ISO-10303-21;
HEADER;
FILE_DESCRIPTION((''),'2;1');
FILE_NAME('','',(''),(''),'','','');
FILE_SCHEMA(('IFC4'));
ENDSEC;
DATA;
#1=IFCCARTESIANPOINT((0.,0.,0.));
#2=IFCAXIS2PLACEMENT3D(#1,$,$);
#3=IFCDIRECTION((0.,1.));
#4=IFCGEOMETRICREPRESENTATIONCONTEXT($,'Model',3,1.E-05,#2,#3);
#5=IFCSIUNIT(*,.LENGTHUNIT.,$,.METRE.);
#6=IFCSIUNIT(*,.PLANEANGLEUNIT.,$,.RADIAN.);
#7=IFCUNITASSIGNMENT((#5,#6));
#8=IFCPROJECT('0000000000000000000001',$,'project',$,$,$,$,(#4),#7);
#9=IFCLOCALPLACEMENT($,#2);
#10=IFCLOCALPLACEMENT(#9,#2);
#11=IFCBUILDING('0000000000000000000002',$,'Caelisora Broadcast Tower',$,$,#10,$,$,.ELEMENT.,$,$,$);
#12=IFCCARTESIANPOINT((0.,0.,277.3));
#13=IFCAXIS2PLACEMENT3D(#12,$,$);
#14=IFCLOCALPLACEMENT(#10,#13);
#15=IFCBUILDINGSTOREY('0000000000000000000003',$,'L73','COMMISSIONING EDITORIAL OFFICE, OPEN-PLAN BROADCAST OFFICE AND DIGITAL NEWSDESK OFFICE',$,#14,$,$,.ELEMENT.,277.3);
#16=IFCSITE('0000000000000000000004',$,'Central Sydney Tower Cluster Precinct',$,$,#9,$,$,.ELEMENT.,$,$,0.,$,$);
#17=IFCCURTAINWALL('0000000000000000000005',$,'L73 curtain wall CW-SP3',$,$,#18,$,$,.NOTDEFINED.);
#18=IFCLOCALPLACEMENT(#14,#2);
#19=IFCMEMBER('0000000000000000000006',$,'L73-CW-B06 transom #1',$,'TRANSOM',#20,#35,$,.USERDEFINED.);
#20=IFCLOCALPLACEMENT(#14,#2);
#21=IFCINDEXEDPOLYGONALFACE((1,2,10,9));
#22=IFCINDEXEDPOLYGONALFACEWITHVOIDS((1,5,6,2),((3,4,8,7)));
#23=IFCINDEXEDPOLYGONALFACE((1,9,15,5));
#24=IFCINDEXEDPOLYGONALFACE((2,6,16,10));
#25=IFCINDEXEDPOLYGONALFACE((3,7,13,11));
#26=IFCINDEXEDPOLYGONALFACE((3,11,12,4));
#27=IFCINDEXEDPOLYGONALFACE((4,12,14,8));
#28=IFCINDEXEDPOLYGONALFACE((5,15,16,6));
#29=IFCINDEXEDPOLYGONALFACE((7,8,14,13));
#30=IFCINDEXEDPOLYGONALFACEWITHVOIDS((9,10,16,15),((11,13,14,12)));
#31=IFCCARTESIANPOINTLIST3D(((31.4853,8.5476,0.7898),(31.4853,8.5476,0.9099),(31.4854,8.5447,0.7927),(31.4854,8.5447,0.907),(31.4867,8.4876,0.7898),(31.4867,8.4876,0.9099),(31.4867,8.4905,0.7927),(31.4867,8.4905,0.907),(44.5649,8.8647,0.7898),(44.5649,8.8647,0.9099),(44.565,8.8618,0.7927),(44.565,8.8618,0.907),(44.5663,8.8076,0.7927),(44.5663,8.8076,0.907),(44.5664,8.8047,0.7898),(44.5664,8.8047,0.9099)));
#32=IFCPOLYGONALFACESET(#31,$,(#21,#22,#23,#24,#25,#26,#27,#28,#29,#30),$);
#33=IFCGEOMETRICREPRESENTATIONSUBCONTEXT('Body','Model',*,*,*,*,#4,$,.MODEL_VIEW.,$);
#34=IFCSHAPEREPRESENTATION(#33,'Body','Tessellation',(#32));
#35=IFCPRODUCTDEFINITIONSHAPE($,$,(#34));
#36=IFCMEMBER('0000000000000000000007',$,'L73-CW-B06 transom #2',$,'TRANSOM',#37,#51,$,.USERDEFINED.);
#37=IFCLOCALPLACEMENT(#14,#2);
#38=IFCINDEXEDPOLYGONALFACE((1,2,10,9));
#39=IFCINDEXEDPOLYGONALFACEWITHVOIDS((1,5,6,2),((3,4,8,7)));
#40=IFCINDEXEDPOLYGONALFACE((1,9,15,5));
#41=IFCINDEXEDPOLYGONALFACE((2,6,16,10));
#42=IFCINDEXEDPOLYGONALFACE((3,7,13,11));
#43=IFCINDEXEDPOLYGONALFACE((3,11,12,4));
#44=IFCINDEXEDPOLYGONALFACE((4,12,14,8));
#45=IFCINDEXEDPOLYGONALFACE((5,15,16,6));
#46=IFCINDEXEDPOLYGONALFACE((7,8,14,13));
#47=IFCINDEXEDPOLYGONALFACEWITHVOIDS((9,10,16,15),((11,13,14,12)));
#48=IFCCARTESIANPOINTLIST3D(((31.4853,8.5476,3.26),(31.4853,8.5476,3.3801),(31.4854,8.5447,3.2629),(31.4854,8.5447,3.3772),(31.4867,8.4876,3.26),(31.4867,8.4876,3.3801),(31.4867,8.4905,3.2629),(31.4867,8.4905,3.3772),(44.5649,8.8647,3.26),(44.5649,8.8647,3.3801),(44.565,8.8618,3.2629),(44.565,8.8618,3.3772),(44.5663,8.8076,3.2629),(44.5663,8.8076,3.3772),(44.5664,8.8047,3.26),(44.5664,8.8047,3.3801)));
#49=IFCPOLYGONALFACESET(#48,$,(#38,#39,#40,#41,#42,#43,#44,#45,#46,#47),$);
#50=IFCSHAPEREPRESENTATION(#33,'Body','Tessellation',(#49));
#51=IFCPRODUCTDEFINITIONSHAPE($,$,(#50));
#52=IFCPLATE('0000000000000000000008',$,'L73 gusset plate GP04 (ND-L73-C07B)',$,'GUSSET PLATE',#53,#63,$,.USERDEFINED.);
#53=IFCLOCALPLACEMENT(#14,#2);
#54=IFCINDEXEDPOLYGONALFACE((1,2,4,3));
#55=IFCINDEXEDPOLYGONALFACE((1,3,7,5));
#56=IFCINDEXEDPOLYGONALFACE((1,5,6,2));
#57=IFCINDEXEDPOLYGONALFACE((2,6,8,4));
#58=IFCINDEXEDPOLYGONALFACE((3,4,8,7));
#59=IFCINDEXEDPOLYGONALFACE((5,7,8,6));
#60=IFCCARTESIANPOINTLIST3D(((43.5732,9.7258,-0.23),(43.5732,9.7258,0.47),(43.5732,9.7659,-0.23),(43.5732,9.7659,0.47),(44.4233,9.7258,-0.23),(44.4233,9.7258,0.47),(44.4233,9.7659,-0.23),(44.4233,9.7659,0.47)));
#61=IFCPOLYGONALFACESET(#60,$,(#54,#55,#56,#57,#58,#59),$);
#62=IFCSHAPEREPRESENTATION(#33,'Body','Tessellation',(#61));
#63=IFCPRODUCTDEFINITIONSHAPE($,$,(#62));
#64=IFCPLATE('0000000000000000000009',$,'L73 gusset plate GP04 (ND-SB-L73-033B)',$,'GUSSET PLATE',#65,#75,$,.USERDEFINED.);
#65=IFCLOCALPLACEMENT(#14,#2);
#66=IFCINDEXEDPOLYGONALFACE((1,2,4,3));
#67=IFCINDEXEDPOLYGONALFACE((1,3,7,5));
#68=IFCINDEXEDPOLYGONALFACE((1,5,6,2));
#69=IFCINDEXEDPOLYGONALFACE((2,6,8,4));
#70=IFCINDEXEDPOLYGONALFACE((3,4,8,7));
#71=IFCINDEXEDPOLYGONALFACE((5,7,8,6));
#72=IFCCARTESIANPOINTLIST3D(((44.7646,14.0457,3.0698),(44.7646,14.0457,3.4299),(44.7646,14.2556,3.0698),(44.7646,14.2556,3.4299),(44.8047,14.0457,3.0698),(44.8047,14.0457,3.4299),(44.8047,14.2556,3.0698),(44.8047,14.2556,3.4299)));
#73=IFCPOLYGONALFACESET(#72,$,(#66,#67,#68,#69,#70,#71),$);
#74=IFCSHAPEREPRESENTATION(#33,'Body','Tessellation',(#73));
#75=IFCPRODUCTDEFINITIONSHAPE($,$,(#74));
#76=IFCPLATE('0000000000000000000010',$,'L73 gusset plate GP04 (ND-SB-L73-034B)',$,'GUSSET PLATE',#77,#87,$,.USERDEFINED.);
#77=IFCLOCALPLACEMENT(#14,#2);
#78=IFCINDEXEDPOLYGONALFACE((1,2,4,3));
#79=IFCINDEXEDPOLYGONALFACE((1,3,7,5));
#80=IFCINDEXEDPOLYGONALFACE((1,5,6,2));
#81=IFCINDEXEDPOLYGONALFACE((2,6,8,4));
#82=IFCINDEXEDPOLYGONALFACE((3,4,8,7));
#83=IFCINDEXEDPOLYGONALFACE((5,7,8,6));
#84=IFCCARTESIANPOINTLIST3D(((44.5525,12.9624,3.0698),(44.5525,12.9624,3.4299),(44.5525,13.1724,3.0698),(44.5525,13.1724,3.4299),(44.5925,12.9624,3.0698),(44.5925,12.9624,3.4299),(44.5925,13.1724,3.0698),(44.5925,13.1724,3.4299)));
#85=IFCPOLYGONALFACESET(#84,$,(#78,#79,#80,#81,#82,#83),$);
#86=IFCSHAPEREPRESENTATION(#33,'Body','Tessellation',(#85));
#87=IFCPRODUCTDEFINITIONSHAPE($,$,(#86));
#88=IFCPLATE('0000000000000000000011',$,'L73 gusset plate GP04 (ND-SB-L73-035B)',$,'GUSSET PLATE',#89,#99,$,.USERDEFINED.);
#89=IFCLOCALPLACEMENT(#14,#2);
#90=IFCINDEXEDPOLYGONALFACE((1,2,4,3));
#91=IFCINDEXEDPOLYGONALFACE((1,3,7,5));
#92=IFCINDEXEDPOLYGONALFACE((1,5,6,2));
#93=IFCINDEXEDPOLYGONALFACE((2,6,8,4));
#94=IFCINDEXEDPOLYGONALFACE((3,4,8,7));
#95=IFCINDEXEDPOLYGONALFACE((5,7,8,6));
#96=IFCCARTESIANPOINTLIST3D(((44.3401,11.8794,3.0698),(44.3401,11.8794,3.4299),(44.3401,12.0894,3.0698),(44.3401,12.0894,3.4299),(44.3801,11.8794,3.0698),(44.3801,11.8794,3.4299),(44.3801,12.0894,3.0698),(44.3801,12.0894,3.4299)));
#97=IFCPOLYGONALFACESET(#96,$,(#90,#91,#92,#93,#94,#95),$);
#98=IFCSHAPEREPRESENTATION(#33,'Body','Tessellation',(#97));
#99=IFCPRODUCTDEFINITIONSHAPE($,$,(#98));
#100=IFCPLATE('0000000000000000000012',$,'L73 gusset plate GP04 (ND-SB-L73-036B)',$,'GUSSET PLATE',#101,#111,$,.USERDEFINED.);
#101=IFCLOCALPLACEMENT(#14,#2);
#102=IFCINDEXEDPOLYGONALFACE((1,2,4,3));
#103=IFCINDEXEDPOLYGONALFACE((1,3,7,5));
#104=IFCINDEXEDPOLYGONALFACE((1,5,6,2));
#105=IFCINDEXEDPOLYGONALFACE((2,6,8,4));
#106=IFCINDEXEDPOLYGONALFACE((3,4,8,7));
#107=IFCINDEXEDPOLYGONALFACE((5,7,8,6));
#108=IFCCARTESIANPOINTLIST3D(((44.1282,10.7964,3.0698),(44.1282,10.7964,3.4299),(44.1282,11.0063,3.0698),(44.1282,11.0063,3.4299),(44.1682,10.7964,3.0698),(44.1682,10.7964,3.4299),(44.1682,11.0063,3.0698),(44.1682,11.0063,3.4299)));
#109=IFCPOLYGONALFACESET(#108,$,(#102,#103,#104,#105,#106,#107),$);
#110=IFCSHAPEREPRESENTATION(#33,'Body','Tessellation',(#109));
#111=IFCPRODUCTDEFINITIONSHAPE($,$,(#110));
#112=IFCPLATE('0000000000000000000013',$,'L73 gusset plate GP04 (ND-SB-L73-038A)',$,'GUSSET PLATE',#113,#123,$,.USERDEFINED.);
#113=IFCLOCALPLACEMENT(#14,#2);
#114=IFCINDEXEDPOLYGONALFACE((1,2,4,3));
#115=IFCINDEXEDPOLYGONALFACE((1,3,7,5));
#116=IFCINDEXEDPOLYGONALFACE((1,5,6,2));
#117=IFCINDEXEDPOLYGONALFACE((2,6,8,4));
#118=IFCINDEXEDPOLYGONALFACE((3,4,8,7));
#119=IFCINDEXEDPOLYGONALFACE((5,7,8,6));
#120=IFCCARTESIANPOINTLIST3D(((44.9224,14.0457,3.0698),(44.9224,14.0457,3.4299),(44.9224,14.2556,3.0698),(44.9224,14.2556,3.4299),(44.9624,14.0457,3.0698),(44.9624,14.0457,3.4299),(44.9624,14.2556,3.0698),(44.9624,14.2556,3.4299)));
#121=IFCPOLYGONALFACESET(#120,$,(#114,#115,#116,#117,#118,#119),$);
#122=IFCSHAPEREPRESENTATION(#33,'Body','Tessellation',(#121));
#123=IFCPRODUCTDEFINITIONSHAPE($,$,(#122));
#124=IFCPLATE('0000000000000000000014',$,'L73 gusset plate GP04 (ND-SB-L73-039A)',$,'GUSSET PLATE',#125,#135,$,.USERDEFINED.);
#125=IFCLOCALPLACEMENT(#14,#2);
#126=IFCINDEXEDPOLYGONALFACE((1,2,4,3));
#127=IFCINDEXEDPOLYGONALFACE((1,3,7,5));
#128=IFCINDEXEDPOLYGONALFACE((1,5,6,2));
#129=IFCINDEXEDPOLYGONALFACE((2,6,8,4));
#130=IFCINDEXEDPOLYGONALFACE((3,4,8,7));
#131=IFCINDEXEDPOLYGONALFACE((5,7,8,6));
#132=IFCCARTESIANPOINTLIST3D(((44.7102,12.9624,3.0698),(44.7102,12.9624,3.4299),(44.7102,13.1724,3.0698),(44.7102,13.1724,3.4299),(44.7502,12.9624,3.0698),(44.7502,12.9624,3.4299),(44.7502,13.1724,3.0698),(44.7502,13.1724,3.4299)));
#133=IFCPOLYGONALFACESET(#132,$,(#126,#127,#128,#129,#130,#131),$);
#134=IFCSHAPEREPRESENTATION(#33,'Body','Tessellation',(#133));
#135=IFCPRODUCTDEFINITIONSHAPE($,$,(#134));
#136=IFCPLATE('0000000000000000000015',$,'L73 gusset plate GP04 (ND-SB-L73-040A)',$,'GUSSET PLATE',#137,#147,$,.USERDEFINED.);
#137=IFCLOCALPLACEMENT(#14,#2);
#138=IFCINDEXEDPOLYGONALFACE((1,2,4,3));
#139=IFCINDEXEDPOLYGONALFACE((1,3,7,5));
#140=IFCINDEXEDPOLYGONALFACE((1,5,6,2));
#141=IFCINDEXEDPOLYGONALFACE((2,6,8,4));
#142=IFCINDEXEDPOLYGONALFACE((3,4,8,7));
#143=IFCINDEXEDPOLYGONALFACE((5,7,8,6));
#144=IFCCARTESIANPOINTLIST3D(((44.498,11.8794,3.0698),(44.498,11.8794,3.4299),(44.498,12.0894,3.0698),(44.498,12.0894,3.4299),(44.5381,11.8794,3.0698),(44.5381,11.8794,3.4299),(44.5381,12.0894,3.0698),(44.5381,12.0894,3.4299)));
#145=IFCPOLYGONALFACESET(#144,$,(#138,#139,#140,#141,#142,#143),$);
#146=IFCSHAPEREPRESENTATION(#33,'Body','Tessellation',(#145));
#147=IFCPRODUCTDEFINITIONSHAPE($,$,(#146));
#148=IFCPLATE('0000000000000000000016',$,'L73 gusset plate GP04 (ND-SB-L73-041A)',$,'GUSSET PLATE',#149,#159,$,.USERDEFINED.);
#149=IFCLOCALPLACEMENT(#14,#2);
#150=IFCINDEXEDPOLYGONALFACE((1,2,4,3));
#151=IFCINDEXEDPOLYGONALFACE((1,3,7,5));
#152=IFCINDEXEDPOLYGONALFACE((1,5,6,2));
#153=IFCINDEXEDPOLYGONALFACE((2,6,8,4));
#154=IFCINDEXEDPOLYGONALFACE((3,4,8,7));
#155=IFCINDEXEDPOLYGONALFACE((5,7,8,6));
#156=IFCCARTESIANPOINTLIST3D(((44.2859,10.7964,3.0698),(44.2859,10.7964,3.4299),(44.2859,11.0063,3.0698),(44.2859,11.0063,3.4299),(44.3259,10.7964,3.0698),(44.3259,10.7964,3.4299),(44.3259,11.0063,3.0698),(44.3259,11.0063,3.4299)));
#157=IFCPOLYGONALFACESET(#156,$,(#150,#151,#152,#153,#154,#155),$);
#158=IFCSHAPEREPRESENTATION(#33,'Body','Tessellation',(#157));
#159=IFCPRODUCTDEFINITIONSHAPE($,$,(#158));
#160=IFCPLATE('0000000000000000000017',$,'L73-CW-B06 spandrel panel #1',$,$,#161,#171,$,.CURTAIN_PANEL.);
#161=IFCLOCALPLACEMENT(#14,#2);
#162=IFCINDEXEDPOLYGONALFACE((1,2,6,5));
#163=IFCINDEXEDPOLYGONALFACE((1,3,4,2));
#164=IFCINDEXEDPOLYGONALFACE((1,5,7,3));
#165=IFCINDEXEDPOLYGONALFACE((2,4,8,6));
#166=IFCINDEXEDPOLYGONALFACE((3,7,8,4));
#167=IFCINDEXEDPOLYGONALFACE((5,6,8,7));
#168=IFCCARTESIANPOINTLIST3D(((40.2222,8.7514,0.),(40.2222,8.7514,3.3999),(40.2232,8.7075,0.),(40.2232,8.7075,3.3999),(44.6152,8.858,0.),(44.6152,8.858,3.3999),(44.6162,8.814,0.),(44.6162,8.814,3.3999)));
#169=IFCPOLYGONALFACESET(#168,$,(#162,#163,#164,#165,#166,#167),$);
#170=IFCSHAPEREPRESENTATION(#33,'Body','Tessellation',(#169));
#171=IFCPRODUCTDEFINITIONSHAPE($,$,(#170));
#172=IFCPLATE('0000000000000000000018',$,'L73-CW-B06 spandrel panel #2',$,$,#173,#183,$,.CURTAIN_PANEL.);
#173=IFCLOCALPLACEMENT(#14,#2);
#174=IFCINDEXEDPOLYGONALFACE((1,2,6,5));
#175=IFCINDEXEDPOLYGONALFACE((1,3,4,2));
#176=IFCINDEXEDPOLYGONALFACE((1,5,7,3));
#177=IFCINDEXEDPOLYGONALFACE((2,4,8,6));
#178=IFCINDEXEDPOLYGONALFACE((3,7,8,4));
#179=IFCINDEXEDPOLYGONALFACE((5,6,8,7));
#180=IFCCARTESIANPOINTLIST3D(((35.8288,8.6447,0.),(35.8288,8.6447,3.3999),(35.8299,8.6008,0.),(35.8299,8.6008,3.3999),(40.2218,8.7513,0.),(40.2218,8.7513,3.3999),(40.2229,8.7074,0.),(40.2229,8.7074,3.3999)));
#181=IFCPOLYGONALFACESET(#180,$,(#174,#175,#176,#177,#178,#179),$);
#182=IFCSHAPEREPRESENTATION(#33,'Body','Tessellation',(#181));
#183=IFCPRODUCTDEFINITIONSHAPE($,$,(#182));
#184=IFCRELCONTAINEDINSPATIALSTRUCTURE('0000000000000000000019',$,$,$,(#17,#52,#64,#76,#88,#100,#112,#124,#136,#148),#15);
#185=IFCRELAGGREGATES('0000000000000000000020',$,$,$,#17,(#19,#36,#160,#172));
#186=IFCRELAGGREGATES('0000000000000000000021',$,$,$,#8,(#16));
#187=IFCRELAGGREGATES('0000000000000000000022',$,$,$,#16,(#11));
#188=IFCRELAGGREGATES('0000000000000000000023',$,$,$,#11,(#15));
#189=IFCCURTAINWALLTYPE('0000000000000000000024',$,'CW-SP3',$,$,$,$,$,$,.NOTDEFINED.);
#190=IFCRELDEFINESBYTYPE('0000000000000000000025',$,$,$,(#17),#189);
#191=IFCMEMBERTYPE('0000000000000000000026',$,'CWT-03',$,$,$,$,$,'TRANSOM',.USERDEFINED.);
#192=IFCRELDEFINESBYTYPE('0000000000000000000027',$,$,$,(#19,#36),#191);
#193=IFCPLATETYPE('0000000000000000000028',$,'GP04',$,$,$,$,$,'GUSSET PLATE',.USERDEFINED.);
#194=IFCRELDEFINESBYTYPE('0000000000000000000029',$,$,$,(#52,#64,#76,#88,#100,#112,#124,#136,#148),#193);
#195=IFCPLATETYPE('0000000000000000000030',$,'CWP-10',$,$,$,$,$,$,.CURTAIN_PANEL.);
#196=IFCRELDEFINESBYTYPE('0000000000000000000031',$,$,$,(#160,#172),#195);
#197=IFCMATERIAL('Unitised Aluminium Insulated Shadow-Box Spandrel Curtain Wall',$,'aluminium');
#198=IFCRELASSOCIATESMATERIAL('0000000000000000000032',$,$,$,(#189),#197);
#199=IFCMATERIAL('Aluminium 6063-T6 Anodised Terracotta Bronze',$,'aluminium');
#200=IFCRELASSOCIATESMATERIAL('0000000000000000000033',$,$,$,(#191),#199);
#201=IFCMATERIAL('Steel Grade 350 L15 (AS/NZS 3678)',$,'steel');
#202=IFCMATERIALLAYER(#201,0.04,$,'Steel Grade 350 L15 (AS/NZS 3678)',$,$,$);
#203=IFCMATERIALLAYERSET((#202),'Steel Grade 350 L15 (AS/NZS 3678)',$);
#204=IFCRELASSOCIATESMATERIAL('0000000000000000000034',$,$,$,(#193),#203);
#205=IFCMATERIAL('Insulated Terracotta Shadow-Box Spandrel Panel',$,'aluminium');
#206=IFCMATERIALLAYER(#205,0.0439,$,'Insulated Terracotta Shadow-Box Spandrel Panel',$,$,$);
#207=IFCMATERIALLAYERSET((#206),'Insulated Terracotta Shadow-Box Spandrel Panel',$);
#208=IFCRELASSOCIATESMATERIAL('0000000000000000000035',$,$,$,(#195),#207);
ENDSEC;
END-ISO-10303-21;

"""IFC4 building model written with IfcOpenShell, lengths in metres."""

from ifc_helpers import new_model, si_unit, direction, frame, origin, origin_2d, place, context, subcontext, project, spatial, rectangle, hollow_rectangle, extrude, source, transform, mapped, material, layer, layer_set, material_profile, profile_set, type_object, type_shapes, element, aggregate, save


model = new_model("IFC4")

# Units and contexts
model_context = context("Model", 3, precision=1e-05, world=origin(), true_north=direction((0.0, 1.0)))
body_context = subcontext(model_context, "Body", "Model", "MODEL_VIEW")
ifc_project = project(units=[si_unit("LENGTHUNIT", "METRE"), si_unit("PLANEANGLEUNIT", "RADIAN")], contexts=[model_context])

# Site, building, storey
site_placement = place(None, origin())
site = spatial("IfcSite", under=ifc_project, at=site_placement, Name="Central Sydney Tower Cluster Precinct", CompositionType="ELEMENT", RefElevation=0.0)
building_placement = place(site_placement, origin())
building = spatial("IfcBuilding", under=site, at=building_placement, Name="Caelisora Broadcast Tower", CompositionType="ELEMENT")
storey_placement = place(building_placement, frame((0.0, 0.0, 277.3)))
storey = spatial("IfcBuildingStorey", under=building, at=storey_placement, Name="L73", Description="COMMISSIONING EDITORIAL OFFICE, OPEN-PLAN BROADCAST OFFICE AND DIGITAL NEWSDESK OFFICE", CompositionType="ELEMENT", Elevation=277.3)

# Shared definitions
ifc_material_1 = material(Name="Steel Grade 350 L15 (AS/NZS 3678)", Category="steel")

# Shared definitions
ifc_material_2 = material(Name="Aluminium 6063-T6 Anodised Terracotta Bronze", Category="aluminium")

# Curtain wall, members
ifc_material_3 = material(Name="Unitised Aluminium Insulated Shadow-Box Spandrel Curtain Wall", Category="aluminium")
curtain_wall_type_1 = type_object("IfcCurtainWallType", Name="CW-SP3", PredefinedType="NOTDEFINED", material=ifc_material_3)
curtain_wall_1_placement = place(storey_placement, origin())
curtain_wall_1 = element("IfcCurtainWall", 1, at=curtain_wall_1_placement, inside=storey, type_object=curtain_wall_type_1, Name="L73 curtain wall CW-SP3", PredefinedType="NOTDEFINED")
ifc_material_profile_1 = material_profile(ifc_material_2, hollow_rectangle(XDim=0.0601, YDim=0.1201, WallThickness=0.0029, at=origin_2d()), Name="Aluminium 6063-T6 Anodised Terracotta Bronze")
ifc_profile_set_1 = profile_set([ifc_material_profile_1], Name="Aluminium 6063-T6 Anodised Terracotta Bronze")
member_type_1 = type_object("IfcMemberType", Name="CWT-03", ElementType="TRANSOM", PredefinedType="USERDEFINED", material=ifc_profile_set_1)
shared_shape_1 = source(origin(), body_context, "Body", "SweptSolid", [
    extrude(hollow_rectangle(XDim=0.0601, YDim=0.1201, WallThickness=0.0029, at=origin_2d()), origin(), (0.0, 0.0, 1.0), 13.0835),
])
type_shapes(member_type_1, [shared_shape_1])
member_1_placement = place(storey_placement, frame((44.5657, 8.8347, 0.8499), z_axis=(-0.999706, -0.02424, 0.0), x_axis=(0.02424, -0.999706, 0.0)))
member_1 = element("IfcMember", 2, at=member_1_placement, type_object=member_type_1, Name="L73-CW-B06 transom #1", ObjectType="TRANSOM", PredefinedType="USERDEFINED", context=body_context, shape_type="MappedRepresentation", body=[
    mapped(shared_shape_1, transform((0.0, 0.0, 0.0), scale=1.0)),
])
member_2_placement = place(storey_placement, frame((44.5657, 8.8347, 3.3201), z_axis=(-0.999706, -0.02424, 0.0), x_axis=(0.02424, -0.999706, 0.0)))
member_2 = element("IfcMember", 3, at=member_2_placement, type_object=member_type_1, Name="L73-CW-B06 transom #2", ObjectType="TRANSOM", PredefinedType="USERDEFINED", context=body_context, shape_type="MappedRepresentation", body=[
    mapped(shared_shape_1, transform((0.0, 0.0, 0.0), scale=1.0)),
])

# Plates
ifc_layer_1 = layer(ifc_material_1, 0.04, Name="Steel Grade 350 L15 (AS/NZS 3678)")
ifc_layer_set_1 = layer_set([ifc_layer_1], Name="Steel Grade 350 L15 (AS/NZS 3678)")
plate_type_1 = type_object("IfcPlateType", Name="GP04", ElementType="GUSSET PLATE", PredefinedType="USERDEFINED", material=ifc_layer_set_1)
shared_shape_2 = source(origin(), body_context, "Body", "SweptSolid", [
    extrude(rectangle(XDim=0.8501, YDim=0.04, at=origin_2d()), origin(), (0.0, 0.0, 1.0), 0.7),
])
plate_1_placement = place(storey_placement, frame((43.9983, 9.7458, -0.23), z_axis=(0.0, 0.0, 1.0), x_axis=(1.0, 0.0, 0.0)))
element("IfcPlate", 4, at=plate_1_placement, inside=storey, type_object=plate_type_1, Name="L73 gusset plate GP04 (ND-L73-C07B)", ObjectType="GUSSET PLATE", PredefinedType="USERDEFINED", context=body_context, shape_type="MappedRepresentation", body=[
    mapped(shared_shape_2, transform((0.0, 0.0, 0.0), scale=1.0)),
])
shared_shape_3 = source(origin(), body_context, "Body", "SweptSolid", [
    extrude(rectangle(XDim=0.21, YDim=0.04, at=origin_2d()), origin(), (0.0, 0.0, 1.0), 0.3601),
])
type_shapes(plate_type_1, [shared_shape_2, shared_shape_3])
for number, where, z_axis, x_axis, name in (
    (5, (44.7847, 14.1506, 3.0698), (0.0, 0.0, 1.0), (0.0, 1.0, 0.0), "L73 gusset plate GP04 (ND-SB-L73-033B)"),
    (6, (44.5725, 13.0674, 3.0698), (0.0, 0.0, 1.0), (0.0, 1.0, 0.0), "L73 gusset plate GP04 (ND-SB-L73-034B)"),
    (7, (44.3601, 11.9844, 3.0698), (0.0, 0.0, 1.0), (0.0, 1.0, 0.0), "L73 gusset plate GP04 (ND-SB-L73-035B)"),
    (8, (44.1482, 10.9014, 3.0698), (0.0, 0.0, 1.0), (0.0, 1.0, 0.0), "L73 gusset plate GP04 (ND-SB-L73-036B)"),
    (9, (44.9424, 14.1506, 3.0698), (0.0, 0.0, 1.0), (0.0, 1.0, 0.0), "L73 gusset plate GP04 (ND-SB-L73-038A)"),
    (10, (44.7302, 13.0674, 3.0698), (0.0, 0.0, 1.0), (0.0, 1.0, 0.0), "L73 gusset plate GP04 (ND-SB-L73-039A)"),
    (11, (44.5181, 11.9844, 3.0698), (0.0, 0.0, 1.0), (0.0, 1.0, 0.0), "L73 gusset plate GP04 (ND-SB-L73-040A)"),
    (12, (44.3059, 10.9014, 3.0698), (0.0, 0.0, 1.0), (0.0, 1.0, 0.0), "L73 gusset plate GP04 (ND-SB-L73-041A)"),
):
    element("IfcPlate", number, at=place(storey_placement, frame(where, z_axis=z_axis, x_axis=x_axis)), inside=storey, type_object=plate_type_1, Name=name, ObjectType="GUSSET PLATE", PredefinedType="USERDEFINED", context=body_context, shape_type="MappedRepresentation", body=[
        mapped(shared_shape_3, transform((0.0, 0.0, 0.0), scale=1.0)),
    ])

# Plates
ifc_material_4 = material(Name="Insulated Terracotta Shadow-Box Spandrel Panel", Category="aluminium")
ifc_layer_2 = layer(ifc_material_4, 0.0439, Name="Insulated Terracotta Shadow-Box Spandrel Panel")
ifc_layer_set_2 = layer_set([ifc_layer_2], Name="Insulated Terracotta Shadow-Box Spandrel Panel")
plate_type_2 = type_object("IfcPlateType", Name="CWP-10", PredefinedType="CURTAIN_PANEL", material=ifc_layer_set_2)
shared_shape_4 = source(origin(), body_context, "Body", "SweptSolid", [
    extrude(rectangle(XDim=4.3943, YDim=0.0439, at=origin_2d()), origin(), (0.0, 0.0, 1.0), 3.3999),
])
type_shapes(plate_type_2, [shared_shape_4])
plate_2_placement = place(storey_placement, frame((42.4192, 8.7827, 0.0), z_axis=(0.0, 0.0, 1.0), x_axis=(-0.999706, -0.024258, 0.0)))
plate_2 = element("IfcPlate", 13, at=plate_2_placement, type_object=plate_type_2, Name="L73-CW-B06 spandrel panel #1", PredefinedType="CURTAIN_PANEL", context=body_context, shape_type="MappedRepresentation", body=[
    mapped(shared_shape_4, transform((0.0, 0.0, 0.0), scale=1.0)),
])
plate_3_placement = place(storey_placement, frame((38.0259, 8.676, 0.0), z_axis=(0.0, 0.0, 1.0), x_axis=(-0.999706, -0.024258, 0.0)))
plate_3 = element("IfcPlate", 14, at=plate_3_placement, type_object=plate_type_2, Name="L73-CW-B06 spandrel panel #2", PredefinedType="CURTAIN_PANEL", context=body_context, shape_type="MappedRepresentation", body=[
    mapped(shared_shape_4, transform((0.0, 0.0, 0.0), scale=1.0)),
])
aggregate(curtain_wall_1, [member_1, member_2, plate_2, plate_3])

save(model, "model.ifc")
